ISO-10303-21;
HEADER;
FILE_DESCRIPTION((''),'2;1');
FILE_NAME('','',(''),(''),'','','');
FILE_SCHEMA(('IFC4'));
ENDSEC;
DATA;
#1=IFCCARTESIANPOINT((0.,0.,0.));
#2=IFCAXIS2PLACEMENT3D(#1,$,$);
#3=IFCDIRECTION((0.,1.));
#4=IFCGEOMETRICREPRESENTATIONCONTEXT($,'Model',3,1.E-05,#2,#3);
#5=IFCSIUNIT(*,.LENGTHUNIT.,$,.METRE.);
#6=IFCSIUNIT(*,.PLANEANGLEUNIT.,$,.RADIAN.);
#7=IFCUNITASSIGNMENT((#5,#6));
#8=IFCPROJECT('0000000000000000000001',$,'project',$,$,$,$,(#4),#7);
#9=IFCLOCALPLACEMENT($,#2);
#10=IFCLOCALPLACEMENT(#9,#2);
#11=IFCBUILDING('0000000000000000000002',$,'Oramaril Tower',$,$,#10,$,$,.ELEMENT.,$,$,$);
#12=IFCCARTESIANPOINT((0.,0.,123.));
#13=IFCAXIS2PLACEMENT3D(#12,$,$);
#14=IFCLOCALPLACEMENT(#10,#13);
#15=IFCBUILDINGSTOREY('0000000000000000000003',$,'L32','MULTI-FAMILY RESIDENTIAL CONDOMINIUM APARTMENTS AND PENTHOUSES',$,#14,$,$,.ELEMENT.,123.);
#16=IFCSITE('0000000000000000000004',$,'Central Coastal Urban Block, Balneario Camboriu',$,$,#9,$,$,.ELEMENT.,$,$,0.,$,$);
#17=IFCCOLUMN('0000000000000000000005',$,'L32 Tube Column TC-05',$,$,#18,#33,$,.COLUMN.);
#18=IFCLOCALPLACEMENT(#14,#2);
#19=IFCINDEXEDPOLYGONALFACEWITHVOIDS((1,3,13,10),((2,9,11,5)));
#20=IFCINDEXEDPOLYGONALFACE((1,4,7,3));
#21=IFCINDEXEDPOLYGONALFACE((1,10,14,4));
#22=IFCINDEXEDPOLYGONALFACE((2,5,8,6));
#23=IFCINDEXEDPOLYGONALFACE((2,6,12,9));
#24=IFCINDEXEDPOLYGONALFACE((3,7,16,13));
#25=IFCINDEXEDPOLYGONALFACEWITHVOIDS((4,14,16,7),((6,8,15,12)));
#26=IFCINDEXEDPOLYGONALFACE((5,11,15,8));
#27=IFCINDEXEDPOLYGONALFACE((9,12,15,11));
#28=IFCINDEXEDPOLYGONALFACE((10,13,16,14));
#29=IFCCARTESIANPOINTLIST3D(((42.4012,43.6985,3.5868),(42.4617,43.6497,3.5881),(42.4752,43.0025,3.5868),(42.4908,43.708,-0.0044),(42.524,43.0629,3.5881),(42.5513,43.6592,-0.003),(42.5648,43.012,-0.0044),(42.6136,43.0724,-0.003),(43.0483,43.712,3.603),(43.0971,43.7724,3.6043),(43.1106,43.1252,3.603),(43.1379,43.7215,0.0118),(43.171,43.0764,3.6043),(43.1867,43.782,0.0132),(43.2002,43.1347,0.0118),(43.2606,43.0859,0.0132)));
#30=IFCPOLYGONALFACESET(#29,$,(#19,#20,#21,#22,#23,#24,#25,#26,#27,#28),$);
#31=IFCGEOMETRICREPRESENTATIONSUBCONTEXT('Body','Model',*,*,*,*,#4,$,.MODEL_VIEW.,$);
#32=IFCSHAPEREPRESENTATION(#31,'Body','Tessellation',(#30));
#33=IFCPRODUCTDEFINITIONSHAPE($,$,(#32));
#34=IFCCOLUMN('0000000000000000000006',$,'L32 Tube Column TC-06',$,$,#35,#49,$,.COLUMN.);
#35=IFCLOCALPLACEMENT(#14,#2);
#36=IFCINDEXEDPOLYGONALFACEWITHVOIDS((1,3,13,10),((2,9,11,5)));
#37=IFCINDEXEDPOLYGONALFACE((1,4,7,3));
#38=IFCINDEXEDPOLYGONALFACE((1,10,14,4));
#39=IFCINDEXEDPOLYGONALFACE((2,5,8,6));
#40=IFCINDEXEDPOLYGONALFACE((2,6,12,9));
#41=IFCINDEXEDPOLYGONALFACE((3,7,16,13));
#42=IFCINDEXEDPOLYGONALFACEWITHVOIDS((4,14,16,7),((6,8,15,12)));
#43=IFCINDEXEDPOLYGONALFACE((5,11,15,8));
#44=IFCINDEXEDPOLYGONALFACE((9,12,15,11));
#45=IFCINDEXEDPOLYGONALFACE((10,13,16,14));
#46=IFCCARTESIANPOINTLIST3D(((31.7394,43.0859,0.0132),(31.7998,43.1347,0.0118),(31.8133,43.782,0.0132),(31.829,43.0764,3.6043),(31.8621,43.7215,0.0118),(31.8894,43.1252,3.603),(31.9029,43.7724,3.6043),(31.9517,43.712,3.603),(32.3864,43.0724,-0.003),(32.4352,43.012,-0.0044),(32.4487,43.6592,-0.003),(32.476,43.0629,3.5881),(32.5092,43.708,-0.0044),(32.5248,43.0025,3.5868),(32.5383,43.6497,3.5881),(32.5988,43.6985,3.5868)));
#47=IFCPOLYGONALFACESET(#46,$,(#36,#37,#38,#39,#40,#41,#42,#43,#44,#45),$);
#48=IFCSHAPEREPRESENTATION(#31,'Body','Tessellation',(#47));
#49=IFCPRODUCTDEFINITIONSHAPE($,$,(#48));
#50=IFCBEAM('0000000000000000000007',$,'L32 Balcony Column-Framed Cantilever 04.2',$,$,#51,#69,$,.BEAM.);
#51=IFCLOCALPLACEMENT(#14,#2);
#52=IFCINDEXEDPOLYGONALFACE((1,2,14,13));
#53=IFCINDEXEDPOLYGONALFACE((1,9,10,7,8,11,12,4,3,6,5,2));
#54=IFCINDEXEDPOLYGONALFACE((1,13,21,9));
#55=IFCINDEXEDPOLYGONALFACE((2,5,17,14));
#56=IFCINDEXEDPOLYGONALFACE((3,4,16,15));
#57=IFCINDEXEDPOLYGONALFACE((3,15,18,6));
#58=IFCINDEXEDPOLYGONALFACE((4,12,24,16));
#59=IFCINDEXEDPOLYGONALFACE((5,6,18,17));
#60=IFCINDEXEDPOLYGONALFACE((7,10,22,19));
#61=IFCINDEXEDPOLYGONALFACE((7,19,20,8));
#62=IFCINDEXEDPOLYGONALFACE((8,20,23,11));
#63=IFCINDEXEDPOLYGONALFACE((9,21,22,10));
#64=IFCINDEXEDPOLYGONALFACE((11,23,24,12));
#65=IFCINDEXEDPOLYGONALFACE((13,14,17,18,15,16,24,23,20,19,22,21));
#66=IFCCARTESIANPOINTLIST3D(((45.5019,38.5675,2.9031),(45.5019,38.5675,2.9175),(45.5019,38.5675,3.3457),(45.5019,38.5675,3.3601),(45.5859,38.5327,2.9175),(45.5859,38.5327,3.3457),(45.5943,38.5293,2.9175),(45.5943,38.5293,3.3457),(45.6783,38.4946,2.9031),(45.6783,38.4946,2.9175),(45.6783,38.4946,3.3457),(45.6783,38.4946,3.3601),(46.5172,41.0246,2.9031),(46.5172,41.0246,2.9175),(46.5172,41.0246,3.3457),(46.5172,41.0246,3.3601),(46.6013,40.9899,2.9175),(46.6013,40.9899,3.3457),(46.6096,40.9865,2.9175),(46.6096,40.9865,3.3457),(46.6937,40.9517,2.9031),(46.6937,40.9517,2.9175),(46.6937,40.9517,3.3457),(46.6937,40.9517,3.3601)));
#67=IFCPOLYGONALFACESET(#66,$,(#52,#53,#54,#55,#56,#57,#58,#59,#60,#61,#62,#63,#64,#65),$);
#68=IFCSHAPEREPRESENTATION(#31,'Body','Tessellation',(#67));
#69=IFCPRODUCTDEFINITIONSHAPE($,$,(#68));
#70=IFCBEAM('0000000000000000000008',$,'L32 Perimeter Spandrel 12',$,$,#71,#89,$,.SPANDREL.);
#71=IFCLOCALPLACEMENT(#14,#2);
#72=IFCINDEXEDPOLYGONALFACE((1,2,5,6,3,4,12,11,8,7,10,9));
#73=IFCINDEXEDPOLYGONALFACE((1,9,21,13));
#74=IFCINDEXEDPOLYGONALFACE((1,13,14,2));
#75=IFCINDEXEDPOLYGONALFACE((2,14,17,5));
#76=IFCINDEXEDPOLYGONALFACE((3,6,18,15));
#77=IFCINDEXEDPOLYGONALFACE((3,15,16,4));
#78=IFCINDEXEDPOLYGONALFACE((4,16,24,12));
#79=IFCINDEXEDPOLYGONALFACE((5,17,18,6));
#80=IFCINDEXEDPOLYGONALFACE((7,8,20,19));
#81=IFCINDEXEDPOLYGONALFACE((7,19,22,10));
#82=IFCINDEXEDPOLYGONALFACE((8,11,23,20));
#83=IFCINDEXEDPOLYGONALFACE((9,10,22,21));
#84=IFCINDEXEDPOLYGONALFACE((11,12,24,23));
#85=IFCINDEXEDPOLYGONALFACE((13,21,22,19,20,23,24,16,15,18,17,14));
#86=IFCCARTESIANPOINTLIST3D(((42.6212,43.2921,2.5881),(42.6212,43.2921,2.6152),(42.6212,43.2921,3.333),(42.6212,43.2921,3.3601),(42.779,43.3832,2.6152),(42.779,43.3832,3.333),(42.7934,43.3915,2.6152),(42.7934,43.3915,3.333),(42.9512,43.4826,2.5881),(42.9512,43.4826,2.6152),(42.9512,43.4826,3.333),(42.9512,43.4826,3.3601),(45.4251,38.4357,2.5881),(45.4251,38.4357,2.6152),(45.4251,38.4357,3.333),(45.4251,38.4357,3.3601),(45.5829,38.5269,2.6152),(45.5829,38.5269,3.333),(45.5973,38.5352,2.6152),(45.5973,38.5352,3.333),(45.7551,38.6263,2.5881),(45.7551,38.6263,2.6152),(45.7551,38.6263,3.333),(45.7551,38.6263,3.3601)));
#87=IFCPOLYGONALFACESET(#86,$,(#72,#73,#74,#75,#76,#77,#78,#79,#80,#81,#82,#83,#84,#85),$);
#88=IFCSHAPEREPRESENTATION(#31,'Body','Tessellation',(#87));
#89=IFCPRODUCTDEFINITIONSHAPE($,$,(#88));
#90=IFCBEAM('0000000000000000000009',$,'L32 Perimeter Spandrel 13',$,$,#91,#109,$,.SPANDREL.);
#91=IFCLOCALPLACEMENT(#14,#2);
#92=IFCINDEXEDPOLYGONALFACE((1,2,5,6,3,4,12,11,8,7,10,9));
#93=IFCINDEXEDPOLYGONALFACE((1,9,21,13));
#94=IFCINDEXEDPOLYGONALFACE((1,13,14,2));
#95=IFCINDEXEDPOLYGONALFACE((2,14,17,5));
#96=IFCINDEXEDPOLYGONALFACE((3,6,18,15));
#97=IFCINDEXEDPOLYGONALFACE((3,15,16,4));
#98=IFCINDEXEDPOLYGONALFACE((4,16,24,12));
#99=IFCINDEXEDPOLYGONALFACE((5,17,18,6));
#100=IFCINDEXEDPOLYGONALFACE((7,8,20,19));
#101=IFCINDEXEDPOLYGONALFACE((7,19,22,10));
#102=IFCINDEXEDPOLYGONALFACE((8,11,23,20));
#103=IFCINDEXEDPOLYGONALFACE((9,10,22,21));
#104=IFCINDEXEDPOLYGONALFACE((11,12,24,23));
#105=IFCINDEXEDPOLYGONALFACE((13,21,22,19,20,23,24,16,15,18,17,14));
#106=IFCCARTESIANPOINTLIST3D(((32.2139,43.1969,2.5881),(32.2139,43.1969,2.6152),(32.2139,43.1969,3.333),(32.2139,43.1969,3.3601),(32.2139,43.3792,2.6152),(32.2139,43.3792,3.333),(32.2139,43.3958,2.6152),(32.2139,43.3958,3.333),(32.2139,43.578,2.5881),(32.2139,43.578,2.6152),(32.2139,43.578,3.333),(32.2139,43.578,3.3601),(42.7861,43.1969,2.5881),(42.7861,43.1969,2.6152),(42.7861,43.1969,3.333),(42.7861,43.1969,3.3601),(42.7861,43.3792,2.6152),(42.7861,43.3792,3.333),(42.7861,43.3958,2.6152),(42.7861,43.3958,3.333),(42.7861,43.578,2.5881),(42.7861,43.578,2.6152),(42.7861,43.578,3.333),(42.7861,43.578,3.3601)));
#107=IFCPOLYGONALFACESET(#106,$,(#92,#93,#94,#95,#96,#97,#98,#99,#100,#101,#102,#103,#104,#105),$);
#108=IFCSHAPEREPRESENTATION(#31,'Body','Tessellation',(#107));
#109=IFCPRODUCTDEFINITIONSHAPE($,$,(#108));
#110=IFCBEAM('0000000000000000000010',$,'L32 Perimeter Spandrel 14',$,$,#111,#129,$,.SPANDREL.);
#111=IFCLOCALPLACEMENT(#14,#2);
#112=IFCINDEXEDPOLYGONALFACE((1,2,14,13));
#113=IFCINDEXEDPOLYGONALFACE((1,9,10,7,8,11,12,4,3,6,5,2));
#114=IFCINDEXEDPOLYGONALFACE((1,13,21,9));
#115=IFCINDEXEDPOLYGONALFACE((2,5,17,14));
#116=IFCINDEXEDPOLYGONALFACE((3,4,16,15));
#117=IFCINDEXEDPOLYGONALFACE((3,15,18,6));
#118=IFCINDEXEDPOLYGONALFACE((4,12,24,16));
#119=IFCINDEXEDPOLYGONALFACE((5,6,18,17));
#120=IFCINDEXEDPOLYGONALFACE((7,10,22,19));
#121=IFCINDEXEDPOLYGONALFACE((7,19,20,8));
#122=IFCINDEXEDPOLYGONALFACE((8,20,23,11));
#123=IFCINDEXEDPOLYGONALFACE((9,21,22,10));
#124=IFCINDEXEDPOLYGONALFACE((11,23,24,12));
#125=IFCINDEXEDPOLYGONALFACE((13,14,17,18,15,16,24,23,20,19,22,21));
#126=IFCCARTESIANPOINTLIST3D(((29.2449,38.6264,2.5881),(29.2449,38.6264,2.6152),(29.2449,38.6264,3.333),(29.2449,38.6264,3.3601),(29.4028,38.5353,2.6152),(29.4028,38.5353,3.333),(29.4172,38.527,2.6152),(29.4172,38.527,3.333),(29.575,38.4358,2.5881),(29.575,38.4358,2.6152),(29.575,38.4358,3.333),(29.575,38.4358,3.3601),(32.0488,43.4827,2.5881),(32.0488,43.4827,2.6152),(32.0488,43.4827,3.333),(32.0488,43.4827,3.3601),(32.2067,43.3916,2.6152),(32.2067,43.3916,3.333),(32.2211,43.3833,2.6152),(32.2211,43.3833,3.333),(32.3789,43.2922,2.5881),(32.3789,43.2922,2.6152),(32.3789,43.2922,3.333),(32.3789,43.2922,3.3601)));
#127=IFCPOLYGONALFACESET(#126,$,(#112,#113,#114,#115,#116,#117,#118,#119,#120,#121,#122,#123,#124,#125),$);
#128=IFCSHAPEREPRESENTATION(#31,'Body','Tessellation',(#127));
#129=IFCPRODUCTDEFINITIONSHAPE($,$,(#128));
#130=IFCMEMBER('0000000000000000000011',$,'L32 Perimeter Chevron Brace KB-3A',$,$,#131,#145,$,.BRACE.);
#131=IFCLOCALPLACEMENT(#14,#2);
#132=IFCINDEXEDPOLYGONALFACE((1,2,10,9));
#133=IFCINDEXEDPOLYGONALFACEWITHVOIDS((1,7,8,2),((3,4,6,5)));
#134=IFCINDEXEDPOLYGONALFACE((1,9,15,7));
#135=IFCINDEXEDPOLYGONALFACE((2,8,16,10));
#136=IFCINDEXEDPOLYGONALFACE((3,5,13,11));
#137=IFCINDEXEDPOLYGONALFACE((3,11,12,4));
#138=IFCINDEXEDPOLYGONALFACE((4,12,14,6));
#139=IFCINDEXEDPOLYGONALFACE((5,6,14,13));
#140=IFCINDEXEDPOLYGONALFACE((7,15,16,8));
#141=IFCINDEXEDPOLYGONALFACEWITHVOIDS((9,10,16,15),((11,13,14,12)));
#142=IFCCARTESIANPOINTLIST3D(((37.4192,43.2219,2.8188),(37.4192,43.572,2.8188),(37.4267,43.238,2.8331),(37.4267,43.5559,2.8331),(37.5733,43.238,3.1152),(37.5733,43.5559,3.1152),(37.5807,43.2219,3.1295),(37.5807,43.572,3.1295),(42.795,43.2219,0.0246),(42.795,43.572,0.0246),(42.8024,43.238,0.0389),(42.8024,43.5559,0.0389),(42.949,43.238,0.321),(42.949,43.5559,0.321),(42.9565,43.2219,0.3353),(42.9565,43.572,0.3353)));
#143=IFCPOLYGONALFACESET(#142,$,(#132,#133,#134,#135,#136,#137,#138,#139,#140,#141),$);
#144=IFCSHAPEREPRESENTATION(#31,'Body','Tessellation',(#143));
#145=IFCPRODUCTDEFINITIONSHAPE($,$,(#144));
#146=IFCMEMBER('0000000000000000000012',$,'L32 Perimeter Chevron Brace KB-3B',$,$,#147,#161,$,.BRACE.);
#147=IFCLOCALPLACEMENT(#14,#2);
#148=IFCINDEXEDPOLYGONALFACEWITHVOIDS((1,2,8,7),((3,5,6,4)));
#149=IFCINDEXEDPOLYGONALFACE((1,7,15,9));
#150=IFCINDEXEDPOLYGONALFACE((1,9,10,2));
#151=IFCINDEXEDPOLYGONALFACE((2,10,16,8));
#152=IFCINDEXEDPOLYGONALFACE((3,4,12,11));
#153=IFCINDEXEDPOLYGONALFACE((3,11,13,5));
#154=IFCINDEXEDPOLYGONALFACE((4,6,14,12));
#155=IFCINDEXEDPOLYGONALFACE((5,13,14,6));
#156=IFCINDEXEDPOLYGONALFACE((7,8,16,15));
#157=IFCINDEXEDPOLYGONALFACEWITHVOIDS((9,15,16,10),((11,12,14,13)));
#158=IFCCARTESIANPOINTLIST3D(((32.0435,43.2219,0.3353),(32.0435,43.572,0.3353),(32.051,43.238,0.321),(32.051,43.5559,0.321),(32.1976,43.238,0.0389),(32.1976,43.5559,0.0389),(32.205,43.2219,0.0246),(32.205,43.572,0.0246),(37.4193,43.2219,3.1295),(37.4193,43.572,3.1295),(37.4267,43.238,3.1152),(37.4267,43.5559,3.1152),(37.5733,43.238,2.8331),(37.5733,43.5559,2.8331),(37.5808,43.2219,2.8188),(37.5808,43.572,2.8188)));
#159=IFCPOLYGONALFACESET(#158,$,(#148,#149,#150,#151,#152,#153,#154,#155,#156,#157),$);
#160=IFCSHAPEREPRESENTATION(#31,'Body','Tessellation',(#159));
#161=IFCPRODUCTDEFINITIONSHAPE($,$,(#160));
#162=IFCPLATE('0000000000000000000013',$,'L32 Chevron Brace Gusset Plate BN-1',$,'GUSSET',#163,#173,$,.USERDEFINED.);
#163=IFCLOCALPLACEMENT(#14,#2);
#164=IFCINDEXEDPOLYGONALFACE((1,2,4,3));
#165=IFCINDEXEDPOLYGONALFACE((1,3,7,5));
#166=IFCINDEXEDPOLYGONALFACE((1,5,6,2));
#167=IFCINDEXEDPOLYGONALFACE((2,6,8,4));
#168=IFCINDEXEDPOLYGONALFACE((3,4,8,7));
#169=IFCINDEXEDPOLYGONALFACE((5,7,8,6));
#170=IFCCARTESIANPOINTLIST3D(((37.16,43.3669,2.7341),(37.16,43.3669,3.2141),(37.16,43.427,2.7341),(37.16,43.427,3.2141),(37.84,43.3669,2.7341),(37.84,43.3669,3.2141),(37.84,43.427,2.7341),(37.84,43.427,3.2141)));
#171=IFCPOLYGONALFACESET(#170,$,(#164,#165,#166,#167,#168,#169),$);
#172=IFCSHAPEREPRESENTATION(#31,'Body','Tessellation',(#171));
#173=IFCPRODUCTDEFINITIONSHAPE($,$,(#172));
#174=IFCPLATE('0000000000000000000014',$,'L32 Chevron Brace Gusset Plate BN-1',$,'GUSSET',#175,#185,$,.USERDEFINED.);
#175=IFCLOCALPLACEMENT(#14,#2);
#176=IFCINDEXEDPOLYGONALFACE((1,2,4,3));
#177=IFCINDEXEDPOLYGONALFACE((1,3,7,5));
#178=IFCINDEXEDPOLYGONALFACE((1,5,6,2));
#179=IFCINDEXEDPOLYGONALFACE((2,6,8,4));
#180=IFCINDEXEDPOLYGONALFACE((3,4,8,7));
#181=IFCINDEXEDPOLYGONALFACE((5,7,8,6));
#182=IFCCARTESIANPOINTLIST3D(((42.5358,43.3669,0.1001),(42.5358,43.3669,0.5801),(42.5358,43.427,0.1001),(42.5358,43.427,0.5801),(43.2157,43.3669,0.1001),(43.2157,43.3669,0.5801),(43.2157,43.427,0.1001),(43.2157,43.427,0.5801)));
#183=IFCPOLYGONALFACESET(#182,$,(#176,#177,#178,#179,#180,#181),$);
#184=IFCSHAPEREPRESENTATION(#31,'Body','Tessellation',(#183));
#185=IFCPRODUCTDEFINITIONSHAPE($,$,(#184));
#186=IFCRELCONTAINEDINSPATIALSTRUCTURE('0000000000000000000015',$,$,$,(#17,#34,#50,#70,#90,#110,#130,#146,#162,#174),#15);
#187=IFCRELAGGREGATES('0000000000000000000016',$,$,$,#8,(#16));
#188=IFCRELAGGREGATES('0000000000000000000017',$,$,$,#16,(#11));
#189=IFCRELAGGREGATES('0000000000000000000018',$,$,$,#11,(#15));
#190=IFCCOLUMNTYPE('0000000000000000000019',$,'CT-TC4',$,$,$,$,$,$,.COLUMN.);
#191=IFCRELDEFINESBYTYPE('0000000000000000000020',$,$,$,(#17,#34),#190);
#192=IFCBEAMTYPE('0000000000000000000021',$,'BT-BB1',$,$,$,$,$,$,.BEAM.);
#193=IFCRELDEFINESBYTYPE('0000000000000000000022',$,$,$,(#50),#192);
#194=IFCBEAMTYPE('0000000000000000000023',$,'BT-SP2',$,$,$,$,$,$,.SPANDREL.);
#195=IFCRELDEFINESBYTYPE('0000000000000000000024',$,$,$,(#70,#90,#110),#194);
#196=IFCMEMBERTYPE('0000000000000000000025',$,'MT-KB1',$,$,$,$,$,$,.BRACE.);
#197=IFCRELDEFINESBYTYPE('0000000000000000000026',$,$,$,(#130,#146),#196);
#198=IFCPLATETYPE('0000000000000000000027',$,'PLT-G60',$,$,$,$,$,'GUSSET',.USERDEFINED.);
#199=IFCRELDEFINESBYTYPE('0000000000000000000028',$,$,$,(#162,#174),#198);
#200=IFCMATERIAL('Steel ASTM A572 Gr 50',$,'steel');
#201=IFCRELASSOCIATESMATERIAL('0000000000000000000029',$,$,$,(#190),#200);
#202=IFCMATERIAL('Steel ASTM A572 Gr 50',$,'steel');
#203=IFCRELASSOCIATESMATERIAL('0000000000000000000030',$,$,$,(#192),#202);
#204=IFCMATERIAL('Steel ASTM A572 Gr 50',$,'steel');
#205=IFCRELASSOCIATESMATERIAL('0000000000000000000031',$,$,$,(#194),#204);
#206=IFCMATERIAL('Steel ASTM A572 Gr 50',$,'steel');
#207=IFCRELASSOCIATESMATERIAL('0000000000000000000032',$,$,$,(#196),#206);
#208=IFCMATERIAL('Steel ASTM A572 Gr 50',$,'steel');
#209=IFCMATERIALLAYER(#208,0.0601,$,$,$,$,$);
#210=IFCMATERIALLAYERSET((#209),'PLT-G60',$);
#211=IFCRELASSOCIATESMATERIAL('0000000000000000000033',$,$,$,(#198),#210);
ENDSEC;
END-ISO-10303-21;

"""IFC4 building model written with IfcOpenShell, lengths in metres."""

from ifc_helpers import new_model, si_unit, direction, frame, origin, origin_2d, place, context, subcontext, project, spatial, rectangle, hollow_rectangle, i_section, extrude, material, layer, layer_set, material_profile, profile_set, type_object, element, save


model = new_model("IFC4")

# Units and contexts
model_context = context("Model", 3, precision=1e-05, world=origin(), true_north=direction((0.0, 1.0)))
body_context = subcontext(model_context, "Body", "Model", "MODEL_VIEW")
ifc_project = project(units=[si_unit("LENGTHUNIT", "METRE"), si_unit("PLANEANGLEUNIT", "RADIAN")], contexts=[model_context])

# Site, building, storey
site_placement = place(None, origin())
site = spatial("IfcSite", under=ifc_project, at=site_placement, Name="Central Coastal Urban Block, Balneario Camboriu", CompositionType="ELEMENT", RefElevation=0.0)
building_placement = place(site_placement, origin())
building = spatial("IfcBuilding", under=site, at=building_placement, Name="Oramaril Tower", CompositionType="ELEMENT")
storey_placement = place(building_placement, frame((0.0, 0.0, 123.0)))
storey = spatial("IfcBuildingStorey", under=building, at=storey_placement, Name="L32", Description="MULTI-FAMILY RESIDENTIAL CONDOMINIUM APARTMENTS AND PENTHOUSES", CompositionType="ELEMENT", Elevation=123.0)

# Columns
ifc_material_1 = material(Name="Steel ASTM A572 Gr 50", Category="steel")
ifc_material_profile_1 = material_profile(ifc_material_1, hollow_rectangle(XDim=0.7, YDim=0.7, WallThickness=0.0549, at=origin_2d()), Name="BOX700X700X55")
ifc_profile_set_1 = profile_set([ifc_material_profile_1], Name="Steel ASTM A572 Gr 50")
column_type = type_object("IfcColumnType", Name="CT-TC4", PredefinedType="COLUMN", material=ifc_profile_set_1)
for number, where, z_axis, x_axis, name in (
    (1, (42.8757, 43.397, 0.0044), (-0.024943, -0.002651, 0.999685), (0.105672, -0.994401, 0.0), "L32 Tube Column TC-05"),
    (2, (32.1243, 43.397, 0.0044), (0.024943, -0.002651, 0.999685), (0.105672, 0.994401, 0.0), "L32 Tube Column TC-06"),
):
    element("IfcColumn", number, at=place(storey_placement, frame(where, z_axis=z_axis, x_axis=x_axis)), inside=storey, type_object=column_type, Name=name, PredefinedType="COLUMN", context=body_context, shape_type="SweptSolid", body=[
        extrude(hollow_rectangle(XDim=0.7, YDim=0.7, WallThickness=0.0549, at=origin_2d()), origin(), (0.0, 0.0, 1.0), 3.5923),
    ])

# Beams
ifc_material_2 = material(Name="Steel ASTM A572 Gr 50", Category="steel")
ifc_material_profile_2 = material_profile(ifc_material_2, i_section(OverallWidth=0.1909, OverallDepth=0.457, WebThickness=0.009, FlangeThickness=0.0144, at=origin_2d()), Name="W18X50")
ifc_profile_set_2 = profile_set([ifc_material_profile_2], Name="Steel ASTM A572 Gr 50")
beam_type_1 = type_object("IfcBeamType", Name="BT-BB1", PredefinedType="BEAM", material=ifc_profile_set_2)
beam_1_placement = place(storey_placement, frame((45.5901, 38.531, 3.1316), z_axis=(0.381895, 0.924206, 0.0), x_axis=(-0.924206, 0.381895, 0.0)))
element("IfcBeam", 3, at=beam_1_placement, inside=storey, type_object=beam_type_1, Name="L32 Balcony Column-Framed Cantilever 04.2", PredefinedType="BEAM", context=body_context, shape_type="SweptSolid", body=[
    extrude(i_section(OverallWidth=0.1909, OverallDepth=0.457, WebThickness=0.009, FlangeThickness=0.0144, at=origin_2d()), origin(), (0.0, 0.0, 1.0), 2.6587),
])
ifc_material_3 = material(Name="Steel ASTM A572 Gr 50", Category="steel")
ifc_material_profile_3 = material_profile(ifc_material_3, i_section(OverallWidth=0.3811, OverallDepth=0.772, WebThickness=0.0166, FlangeThickness=0.0271, at=origin_2d()), Name="W30X173")
ifc_profile_set_3 = profile_set([ifc_material_profile_3], Name="Steel ASTM A572 Gr 50")
beam_type_2 = type_object("IfcBeamType", Name="BT-SP2", PredefinedType="SPANDREL", material=ifc_profile_set_3)
beam_2_placement = place(storey_placement, frame((45.5901, 38.531, 2.9741), z_axis=(-0.500011, 0.866019, 0.0), x_axis=(-0.866019, -0.500011, 0.0)))
element("IfcBeam", 4, at=beam_2_placement, inside=storey, type_object=beam_type_2, Name="L32 Perimeter Spandrel 12", PredefinedType="SPANDREL", context=body_context, shape_type="SweptSolid", body=[
    extrude(i_section(OverallWidth=0.3811, OverallDepth=0.772, WebThickness=0.0166, FlangeThickness=0.0271, at=origin_2d()), origin(), (0.0, 0.0, 1.0), 5.6077),
])
beam_3_placement = place(storey_placement, frame((42.7861, 43.3875, 2.9741), z_axis=(-1.0, 0.0, 0.0), x_axis=(0.0, -1.0, 0.0)))
element("IfcBeam", 5, at=beam_3_placement, inside=storey, type_object=beam_type_2, Name="L32 Perimeter Spandrel 13", PredefinedType="SPANDREL", context=body_context, shape_type="SweptSolid", body=[
    extrude(i_section(OverallWidth=0.3811, OverallDepth=0.772, WebThickness=0.0166, FlangeThickness=0.0271, at=origin_2d()), origin(), (0.0, 0.0, 1.0), 10.5723),
])
beam_4_placement = place(storey_placement, frame((32.2139, 43.3875, 2.9741), z_axis=(-0.500011, -0.866019, 0.0), x_axis=(0.866019, -0.500011, 0.0)))
element("IfcBeam", 6, at=beam_4_placement, inside=storey, type_object=beam_type_2, Name="L32 Perimeter Spandrel 14", PredefinedType="SPANDREL", context=body_context, shape_type="SweptSolid", body=[
    extrude(i_section(OverallWidth=0.3811, OverallDepth=0.772, WebThickness=0.0166, FlangeThickness=0.0271, at=origin_2d()), origin(), (0.0, 0.0, 1.0), 5.6077),
])

# Members
ifc_material_4 = material(Name="Steel ASTM A572 Gr 50", Category="steel")
ifc_material_profile_4 = material_profile(ifc_material_4, hollow_rectangle(XDim=0.3501, YDim=0.3501, WallThickness=0.0161, at=origin_2d()), Name="HSS350X350X16")
ifc_profile_set_4 = profile_set([ifc_material_profile_4], Name="Steel ASTM A572 Gr 50")
member_type = type_object("IfcMemberType", Name="MT-KB1", PredefinedType="BRACE", material=ifc_profile_set_4)
for number, where, z_axis, x_axis, name in (
    (7, (42.8757, 43.397, 0.1799), (-0.887297, 0.0, 0.461198), (0.0, -1.0, 0.0), "L32 Perimeter Chevron Brace KB-3A"),
    (8, (32.1243, 43.397, 0.1799), (0.887297, 0.0, 0.461198), (0.0, 1.0, 0.0), "L32 Perimeter Chevron Brace KB-3B"),
):
    element("IfcMember", number, at=place(storey_placement, frame(where, z_axis=z_axis, x_axis=x_axis)), inside=storey, type_object=member_type, Name=name, PredefinedType="BRACE", context=body_context, shape_type="SweptSolid", body=[
        extrude(hollow_rectangle(XDim=0.3501, YDim=0.3501, WallThickness=0.0161, at=origin_2d()), origin(), (0.0, 0.0, 1.0), 6.0586),
    ])

# Plates
ifc_material_5 = material(Name="Steel ASTM A572 Gr 50", Category="steel")
ifc_layer_1 = layer(ifc_material_5, 0.0601)
ifc_layer_set_1 = layer_set([ifc_layer_1], Name="PLT-G60")
plate_type = type_object("IfcPlateType", Name="PLT-G60", ElementType="GUSSET", PredefinedType="USERDEFINED", material=ifc_layer_set_1)
for number, where, z_axis, x_axis, name in (
    (9, (37.5, 43.397, 2.7341), (0.0, 0.0, 1.0), (-1.0, 0.0, 0.0), "L32 Chevron Brace Gusset Plate BN-1"),
    (10, (42.8757, 43.397, 0.1001), (0.0, 0.0, 1.0), (-1.0, 0.0, 0.0), "L32 Chevron Brace Gusset Plate BN-1"),
):
    element("IfcPlate", number, at=place(storey_placement, frame(where, z_axis=z_axis, x_axis=x_axis)), inside=storey, type_object=plate_type, Name=name, ObjectType="GUSSET", PredefinedType="USERDEFINED", context=body_context, shape_type="SweptSolid", body=[
        extrude(rectangle(XDim=0.6799, YDim=0.0601, at=origin_2d()), origin(), (0.0, 0.0, 1.0), 0.48),
    ])

save(model, "model.ifc")
